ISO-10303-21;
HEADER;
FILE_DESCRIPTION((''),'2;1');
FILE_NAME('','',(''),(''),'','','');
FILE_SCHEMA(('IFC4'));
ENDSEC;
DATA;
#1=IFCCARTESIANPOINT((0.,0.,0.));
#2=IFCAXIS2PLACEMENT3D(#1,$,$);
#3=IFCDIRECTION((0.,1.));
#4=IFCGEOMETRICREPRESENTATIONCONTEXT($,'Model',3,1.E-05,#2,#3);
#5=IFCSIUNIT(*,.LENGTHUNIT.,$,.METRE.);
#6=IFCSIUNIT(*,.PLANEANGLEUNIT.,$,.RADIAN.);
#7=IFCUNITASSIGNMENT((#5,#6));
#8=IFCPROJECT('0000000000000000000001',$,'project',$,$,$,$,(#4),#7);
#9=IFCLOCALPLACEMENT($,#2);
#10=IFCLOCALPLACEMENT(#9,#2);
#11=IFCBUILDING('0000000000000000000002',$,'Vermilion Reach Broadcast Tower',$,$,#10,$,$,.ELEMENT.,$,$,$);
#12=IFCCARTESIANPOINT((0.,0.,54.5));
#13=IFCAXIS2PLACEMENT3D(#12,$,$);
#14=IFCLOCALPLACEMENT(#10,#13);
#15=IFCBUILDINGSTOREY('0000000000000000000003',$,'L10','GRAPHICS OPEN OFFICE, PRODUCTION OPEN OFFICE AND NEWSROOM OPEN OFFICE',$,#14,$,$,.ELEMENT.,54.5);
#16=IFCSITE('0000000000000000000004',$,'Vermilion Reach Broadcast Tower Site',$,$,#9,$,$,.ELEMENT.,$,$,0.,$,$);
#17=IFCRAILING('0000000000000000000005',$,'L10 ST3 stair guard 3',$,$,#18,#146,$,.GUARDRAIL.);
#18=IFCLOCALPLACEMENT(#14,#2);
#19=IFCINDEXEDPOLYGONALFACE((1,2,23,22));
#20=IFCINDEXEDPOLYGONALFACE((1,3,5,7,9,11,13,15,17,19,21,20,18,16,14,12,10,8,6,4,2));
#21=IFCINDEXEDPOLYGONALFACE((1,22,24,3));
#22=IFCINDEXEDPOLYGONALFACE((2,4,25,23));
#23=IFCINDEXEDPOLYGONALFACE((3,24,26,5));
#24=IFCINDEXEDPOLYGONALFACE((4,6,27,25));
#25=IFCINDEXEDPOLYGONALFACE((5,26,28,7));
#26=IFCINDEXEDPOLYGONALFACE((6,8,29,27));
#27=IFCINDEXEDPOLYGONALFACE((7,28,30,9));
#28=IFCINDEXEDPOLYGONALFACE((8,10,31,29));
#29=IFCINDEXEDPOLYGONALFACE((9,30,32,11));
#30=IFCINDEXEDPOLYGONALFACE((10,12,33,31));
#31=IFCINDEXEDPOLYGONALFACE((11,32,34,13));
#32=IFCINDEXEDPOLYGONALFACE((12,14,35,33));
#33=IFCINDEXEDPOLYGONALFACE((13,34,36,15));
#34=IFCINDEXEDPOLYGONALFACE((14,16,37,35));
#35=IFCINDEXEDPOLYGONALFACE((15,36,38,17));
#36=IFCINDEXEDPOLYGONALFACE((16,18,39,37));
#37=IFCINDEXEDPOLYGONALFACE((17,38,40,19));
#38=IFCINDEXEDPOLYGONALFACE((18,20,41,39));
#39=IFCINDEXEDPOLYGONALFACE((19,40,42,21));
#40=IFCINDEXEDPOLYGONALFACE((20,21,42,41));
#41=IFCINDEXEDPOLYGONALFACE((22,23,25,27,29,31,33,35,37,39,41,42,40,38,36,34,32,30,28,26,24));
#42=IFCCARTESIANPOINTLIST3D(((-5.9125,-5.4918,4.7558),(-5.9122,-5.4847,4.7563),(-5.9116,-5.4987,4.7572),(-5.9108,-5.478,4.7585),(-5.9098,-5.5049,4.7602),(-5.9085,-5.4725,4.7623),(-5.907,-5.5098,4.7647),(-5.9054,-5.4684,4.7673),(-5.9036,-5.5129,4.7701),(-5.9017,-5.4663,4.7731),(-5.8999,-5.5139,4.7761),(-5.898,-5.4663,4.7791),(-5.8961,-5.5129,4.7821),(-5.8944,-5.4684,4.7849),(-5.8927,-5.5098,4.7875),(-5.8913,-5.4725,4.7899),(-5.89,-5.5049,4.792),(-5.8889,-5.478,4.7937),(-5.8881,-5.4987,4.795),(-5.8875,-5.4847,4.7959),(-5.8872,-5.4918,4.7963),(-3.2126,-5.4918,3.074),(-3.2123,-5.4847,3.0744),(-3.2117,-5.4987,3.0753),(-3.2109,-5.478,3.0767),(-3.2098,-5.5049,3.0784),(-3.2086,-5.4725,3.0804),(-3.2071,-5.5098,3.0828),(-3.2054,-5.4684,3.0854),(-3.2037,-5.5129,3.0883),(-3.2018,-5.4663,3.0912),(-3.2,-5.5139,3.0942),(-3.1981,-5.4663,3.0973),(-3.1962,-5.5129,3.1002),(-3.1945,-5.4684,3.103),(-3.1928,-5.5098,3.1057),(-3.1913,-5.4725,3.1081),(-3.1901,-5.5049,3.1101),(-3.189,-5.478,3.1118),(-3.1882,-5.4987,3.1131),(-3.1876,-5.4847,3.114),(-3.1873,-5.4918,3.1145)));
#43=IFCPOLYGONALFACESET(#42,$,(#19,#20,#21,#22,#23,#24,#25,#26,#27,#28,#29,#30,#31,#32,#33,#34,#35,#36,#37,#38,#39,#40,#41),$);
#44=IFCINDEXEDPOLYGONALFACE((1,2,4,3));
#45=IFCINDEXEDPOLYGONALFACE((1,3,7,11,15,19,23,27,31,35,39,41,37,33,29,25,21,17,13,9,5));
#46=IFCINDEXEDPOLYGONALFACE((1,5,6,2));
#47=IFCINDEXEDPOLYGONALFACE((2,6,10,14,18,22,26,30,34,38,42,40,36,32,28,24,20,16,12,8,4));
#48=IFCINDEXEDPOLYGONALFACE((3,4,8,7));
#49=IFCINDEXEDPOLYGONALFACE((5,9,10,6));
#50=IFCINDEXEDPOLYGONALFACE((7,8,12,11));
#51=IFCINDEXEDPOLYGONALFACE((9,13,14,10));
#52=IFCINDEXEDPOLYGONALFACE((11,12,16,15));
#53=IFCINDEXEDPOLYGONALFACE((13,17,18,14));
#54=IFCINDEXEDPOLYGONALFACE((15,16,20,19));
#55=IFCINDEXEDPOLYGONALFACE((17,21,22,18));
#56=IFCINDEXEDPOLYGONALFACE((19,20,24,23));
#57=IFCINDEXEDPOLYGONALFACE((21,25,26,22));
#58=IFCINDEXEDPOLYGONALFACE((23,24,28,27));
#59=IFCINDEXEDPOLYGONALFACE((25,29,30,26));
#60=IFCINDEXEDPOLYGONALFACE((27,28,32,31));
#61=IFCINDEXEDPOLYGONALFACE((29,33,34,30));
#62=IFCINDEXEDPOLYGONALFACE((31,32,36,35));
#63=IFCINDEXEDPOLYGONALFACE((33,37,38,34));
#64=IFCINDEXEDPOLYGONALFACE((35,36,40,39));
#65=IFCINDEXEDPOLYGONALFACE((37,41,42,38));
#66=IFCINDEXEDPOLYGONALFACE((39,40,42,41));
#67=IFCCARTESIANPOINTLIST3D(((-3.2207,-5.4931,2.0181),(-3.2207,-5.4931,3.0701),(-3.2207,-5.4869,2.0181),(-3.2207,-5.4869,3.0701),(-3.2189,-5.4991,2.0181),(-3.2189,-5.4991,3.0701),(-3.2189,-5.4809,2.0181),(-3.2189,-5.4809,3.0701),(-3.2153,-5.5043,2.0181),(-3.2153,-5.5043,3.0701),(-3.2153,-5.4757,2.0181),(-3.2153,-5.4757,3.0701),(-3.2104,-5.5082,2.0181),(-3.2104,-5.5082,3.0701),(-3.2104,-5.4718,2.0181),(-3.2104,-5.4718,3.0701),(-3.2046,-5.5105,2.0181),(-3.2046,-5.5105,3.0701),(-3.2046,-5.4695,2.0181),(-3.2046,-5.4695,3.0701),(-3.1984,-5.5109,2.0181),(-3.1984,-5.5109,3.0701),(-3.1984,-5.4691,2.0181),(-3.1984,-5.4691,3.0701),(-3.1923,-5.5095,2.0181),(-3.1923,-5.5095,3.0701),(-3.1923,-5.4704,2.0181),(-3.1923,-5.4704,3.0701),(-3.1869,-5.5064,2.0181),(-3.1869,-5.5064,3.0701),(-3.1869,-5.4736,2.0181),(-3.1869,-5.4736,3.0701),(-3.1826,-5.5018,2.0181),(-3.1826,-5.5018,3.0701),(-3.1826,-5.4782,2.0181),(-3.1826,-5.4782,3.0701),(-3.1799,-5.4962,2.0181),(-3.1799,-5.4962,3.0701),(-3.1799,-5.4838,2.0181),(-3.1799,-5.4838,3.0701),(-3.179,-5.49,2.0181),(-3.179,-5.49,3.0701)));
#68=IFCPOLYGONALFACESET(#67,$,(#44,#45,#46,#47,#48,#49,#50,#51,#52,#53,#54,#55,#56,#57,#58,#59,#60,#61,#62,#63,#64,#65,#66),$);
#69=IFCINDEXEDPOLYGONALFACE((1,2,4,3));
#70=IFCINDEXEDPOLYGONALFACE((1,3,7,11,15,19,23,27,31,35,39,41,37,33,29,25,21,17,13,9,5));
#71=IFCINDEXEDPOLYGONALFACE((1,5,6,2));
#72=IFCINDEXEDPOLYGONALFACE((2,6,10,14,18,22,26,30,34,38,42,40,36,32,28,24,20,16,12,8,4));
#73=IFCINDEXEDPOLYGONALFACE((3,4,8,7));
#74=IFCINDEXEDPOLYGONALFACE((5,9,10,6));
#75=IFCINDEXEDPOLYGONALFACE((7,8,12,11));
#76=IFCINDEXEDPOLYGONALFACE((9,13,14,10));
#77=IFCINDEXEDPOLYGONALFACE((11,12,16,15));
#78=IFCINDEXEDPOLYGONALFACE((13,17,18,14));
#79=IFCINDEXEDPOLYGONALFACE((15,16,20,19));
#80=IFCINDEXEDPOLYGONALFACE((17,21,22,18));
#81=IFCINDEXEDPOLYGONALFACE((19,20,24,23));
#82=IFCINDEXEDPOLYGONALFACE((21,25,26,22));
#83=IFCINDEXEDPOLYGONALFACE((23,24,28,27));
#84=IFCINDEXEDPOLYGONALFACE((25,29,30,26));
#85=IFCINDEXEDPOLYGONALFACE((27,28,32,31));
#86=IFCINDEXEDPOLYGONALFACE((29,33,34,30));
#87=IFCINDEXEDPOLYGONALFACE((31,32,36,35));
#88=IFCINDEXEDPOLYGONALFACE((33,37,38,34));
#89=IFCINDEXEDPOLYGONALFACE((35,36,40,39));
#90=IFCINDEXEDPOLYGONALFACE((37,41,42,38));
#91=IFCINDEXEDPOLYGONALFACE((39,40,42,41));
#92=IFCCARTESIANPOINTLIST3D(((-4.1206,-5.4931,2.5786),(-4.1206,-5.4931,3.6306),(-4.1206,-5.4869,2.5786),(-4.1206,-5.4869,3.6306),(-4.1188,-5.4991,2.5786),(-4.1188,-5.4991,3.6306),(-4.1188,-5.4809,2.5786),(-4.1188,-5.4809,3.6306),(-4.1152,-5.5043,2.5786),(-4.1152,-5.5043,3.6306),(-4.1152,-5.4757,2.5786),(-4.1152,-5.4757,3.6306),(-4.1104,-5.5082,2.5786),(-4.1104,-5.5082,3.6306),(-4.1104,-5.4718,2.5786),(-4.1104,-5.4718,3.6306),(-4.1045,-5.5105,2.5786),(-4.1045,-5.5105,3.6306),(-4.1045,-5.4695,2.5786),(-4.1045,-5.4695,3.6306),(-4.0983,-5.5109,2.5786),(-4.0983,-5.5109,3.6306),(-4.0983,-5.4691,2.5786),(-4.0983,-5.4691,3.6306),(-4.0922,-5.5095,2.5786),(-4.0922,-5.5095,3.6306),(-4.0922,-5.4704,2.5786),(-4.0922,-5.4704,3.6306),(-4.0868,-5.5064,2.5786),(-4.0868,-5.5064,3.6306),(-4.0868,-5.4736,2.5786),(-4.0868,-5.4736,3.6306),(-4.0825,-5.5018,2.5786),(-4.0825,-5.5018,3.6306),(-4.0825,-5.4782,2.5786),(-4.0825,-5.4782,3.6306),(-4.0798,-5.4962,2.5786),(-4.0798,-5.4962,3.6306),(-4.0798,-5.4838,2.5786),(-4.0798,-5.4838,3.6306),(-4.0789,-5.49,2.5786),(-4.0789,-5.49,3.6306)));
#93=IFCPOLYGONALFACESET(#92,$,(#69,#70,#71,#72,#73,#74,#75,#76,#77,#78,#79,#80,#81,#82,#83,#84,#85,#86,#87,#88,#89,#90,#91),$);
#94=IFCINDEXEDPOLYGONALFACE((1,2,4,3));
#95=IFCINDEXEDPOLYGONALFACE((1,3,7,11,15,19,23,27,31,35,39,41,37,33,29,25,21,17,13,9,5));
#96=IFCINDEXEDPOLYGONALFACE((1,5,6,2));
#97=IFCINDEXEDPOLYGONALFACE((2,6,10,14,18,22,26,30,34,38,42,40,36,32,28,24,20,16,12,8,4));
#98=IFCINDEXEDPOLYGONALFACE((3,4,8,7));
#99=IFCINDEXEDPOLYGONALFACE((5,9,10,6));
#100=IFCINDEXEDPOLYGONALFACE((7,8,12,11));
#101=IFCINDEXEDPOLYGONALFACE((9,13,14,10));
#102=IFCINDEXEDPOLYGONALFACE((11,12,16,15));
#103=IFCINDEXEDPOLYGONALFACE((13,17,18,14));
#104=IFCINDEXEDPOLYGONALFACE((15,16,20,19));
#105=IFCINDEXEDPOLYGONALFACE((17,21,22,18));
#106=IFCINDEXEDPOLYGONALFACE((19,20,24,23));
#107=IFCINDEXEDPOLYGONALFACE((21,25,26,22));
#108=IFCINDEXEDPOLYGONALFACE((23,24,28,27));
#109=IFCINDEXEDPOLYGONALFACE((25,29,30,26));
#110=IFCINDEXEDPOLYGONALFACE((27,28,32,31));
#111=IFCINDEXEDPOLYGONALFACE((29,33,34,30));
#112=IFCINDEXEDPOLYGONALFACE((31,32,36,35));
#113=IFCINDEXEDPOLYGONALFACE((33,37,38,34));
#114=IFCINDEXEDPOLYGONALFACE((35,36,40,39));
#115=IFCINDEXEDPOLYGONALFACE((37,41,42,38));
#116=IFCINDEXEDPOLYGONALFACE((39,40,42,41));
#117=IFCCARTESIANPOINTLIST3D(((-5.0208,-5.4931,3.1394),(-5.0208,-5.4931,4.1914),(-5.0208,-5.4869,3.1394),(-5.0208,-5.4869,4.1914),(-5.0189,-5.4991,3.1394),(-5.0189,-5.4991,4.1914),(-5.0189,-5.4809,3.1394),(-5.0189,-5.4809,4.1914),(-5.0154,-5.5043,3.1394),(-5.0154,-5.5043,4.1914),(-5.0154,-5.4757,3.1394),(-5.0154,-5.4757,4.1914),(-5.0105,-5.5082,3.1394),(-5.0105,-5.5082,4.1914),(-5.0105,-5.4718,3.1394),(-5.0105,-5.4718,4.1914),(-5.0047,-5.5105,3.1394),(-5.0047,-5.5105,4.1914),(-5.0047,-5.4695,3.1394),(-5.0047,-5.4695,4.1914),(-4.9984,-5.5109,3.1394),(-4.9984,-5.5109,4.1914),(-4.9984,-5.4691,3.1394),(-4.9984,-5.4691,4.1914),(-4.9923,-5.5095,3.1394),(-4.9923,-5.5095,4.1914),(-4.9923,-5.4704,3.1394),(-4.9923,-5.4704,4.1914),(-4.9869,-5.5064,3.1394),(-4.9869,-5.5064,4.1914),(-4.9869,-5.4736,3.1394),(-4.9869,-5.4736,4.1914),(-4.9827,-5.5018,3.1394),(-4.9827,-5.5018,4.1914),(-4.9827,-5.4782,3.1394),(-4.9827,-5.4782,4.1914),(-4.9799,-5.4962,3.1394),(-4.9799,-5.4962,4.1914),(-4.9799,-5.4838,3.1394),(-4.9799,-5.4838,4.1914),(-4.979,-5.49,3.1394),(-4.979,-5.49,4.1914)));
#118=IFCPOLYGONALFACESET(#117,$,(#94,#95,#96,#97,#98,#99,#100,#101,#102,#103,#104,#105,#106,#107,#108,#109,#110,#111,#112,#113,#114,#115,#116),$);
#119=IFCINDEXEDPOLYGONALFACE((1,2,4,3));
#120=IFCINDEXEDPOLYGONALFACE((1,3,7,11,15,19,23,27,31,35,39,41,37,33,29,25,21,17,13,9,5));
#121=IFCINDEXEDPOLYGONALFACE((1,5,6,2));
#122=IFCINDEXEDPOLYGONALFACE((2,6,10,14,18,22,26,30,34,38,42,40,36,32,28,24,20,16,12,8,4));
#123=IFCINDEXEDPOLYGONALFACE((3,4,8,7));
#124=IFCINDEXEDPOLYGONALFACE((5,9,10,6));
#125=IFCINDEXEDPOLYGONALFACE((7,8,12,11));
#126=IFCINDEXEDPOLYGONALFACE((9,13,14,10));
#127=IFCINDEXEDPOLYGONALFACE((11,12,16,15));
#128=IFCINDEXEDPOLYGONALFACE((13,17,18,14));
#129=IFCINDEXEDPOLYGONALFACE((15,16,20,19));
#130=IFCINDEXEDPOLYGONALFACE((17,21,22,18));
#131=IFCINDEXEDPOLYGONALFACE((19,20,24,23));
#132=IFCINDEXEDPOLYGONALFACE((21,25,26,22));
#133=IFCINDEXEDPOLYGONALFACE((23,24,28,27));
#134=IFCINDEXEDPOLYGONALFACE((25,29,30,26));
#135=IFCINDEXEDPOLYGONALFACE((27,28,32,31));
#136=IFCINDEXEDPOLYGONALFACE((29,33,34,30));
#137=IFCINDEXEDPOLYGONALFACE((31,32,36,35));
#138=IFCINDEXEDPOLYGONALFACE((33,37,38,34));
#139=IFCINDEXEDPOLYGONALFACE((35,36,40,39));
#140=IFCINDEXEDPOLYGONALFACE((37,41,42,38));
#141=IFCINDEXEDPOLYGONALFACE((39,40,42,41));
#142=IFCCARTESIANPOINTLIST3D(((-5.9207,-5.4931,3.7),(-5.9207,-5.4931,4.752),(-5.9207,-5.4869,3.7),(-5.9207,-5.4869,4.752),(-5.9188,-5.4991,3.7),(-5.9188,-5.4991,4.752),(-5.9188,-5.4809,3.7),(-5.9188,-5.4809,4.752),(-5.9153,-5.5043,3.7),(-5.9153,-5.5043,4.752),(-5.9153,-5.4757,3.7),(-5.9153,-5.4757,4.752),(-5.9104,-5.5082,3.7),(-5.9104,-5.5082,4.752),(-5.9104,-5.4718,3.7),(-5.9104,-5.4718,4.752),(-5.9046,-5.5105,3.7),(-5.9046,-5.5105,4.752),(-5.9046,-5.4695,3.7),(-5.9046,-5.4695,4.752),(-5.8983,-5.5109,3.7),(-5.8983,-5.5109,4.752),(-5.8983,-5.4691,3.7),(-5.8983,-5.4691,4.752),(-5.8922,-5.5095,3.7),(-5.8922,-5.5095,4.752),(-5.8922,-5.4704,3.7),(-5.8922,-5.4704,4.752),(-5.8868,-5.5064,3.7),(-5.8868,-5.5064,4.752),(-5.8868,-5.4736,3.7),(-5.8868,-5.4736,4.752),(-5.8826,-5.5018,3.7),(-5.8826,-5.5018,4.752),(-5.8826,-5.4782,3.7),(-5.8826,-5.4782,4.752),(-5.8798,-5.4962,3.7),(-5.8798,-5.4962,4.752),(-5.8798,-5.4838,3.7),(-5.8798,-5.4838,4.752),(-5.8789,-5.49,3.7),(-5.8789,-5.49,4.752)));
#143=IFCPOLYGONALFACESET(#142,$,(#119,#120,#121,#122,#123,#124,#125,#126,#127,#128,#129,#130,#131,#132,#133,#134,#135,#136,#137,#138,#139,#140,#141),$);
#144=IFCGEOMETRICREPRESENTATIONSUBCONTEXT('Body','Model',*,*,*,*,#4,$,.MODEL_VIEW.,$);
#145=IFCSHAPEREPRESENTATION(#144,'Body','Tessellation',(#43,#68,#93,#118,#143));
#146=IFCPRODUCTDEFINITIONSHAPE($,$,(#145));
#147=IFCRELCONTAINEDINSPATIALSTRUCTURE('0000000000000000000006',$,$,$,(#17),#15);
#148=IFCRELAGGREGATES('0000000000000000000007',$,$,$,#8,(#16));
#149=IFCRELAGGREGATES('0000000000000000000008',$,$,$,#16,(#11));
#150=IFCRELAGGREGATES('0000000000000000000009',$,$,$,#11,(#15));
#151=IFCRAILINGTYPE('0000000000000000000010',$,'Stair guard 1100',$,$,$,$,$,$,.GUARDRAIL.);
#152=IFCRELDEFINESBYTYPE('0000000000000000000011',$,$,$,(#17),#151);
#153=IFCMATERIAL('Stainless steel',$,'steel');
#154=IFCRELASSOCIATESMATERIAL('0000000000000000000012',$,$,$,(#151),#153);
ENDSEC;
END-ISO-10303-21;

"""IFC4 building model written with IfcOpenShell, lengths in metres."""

from ifc_helpers import new_model, si_unit, direction, frame, origin, origin_2d, place, context, subcontext, project, spatial, circle, extrude, material, type_object, element, save


model = new_model("IFC4")

# Units and contexts
model_context = context("Model", 3, precision=1e-05, world=origin(), true_north=direction((0.0, 1.0)))
body_context = subcontext(model_context, "Body", "Model", "MODEL_VIEW")
ifc_project = project(units=[si_unit("LENGTHUNIT", "METRE"), si_unit("PLANEANGLEUNIT", "RADIAN")], contexts=[model_context])

# Site, building, storey
site_placement = place(None, origin())
site = spatial("IfcSite", under=ifc_project, at=site_placement, Name="Vermilion Reach Broadcast Tower Site", CompositionType="ELEMENT", RefElevation=0.0)
building_placement = place(site_placement, origin())
building = spatial("IfcBuilding", under=site, at=building_placement, Name="Vermilion Reach Broadcast Tower", CompositionType="ELEMENT")
storey_placement = place(building_placement, frame((0.0, 0.0, 54.5)))
storey = spatial("IfcBuildingStorey", under=building, at=storey_placement, Name="L10", Description="GRAPHICS OPEN OFFICE, PRODUCTION OPEN OFFICE AND NEWSROOM OPEN OFFICE", CompositionType="ELEMENT", Elevation=54.5)

# Railing
ifc_material_1 = material(Name="Stainless steel", Category="steel")
railing_type_1 = type_object("IfcRailingType", Name="Stair guard 1100", PredefinedType="GUARDRAIL", material=ifc_material_1)
railing_1_placement = place(storey_placement, frame((-3.2, -5.49, 2.0181)))
element("IfcRailing", 1, at=railing_1_placement, inside=storey, type_object=railing_type_1, Name="L10 ST3 stair guard 3", PredefinedType="GUARDRAIL", context=body_context, shape_type="SweptSolid", body=[
    extrude(circle(Radius=0.0239, at=origin_2d()), frame((0.0, 0.0, 1.0762), z_axis=(-0.848786, 0.0, 0.528736), x_axis=(0.0, -1.0, 0.0)), (0.0, 0.0, 1.0), 3.1809),
    extrude(circle(Radius=0.021, at=origin_2d()), origin(), (0.0, 0.0, 1.0), 1.052),
    extrude(circle(Radius=0.021, at=origin_2d()), frame((-0.8999, 0.0, 0.5605)), (0.0, 0.0, 1.0), 1.052),
    extrude(circle(Radius=0.021, at=origin_2d()), frame((-1.8, 0.0, 1.1213)), (0.0, 0.0, 1.0), 1.052),
    extrude(circle(Radius=0.021, at=origin_2d()), frame((-2.7, 0.0, 1.6819)), (0.0, 0.0, 1.0), 1.052),
])

save(model, "model.ifc")
